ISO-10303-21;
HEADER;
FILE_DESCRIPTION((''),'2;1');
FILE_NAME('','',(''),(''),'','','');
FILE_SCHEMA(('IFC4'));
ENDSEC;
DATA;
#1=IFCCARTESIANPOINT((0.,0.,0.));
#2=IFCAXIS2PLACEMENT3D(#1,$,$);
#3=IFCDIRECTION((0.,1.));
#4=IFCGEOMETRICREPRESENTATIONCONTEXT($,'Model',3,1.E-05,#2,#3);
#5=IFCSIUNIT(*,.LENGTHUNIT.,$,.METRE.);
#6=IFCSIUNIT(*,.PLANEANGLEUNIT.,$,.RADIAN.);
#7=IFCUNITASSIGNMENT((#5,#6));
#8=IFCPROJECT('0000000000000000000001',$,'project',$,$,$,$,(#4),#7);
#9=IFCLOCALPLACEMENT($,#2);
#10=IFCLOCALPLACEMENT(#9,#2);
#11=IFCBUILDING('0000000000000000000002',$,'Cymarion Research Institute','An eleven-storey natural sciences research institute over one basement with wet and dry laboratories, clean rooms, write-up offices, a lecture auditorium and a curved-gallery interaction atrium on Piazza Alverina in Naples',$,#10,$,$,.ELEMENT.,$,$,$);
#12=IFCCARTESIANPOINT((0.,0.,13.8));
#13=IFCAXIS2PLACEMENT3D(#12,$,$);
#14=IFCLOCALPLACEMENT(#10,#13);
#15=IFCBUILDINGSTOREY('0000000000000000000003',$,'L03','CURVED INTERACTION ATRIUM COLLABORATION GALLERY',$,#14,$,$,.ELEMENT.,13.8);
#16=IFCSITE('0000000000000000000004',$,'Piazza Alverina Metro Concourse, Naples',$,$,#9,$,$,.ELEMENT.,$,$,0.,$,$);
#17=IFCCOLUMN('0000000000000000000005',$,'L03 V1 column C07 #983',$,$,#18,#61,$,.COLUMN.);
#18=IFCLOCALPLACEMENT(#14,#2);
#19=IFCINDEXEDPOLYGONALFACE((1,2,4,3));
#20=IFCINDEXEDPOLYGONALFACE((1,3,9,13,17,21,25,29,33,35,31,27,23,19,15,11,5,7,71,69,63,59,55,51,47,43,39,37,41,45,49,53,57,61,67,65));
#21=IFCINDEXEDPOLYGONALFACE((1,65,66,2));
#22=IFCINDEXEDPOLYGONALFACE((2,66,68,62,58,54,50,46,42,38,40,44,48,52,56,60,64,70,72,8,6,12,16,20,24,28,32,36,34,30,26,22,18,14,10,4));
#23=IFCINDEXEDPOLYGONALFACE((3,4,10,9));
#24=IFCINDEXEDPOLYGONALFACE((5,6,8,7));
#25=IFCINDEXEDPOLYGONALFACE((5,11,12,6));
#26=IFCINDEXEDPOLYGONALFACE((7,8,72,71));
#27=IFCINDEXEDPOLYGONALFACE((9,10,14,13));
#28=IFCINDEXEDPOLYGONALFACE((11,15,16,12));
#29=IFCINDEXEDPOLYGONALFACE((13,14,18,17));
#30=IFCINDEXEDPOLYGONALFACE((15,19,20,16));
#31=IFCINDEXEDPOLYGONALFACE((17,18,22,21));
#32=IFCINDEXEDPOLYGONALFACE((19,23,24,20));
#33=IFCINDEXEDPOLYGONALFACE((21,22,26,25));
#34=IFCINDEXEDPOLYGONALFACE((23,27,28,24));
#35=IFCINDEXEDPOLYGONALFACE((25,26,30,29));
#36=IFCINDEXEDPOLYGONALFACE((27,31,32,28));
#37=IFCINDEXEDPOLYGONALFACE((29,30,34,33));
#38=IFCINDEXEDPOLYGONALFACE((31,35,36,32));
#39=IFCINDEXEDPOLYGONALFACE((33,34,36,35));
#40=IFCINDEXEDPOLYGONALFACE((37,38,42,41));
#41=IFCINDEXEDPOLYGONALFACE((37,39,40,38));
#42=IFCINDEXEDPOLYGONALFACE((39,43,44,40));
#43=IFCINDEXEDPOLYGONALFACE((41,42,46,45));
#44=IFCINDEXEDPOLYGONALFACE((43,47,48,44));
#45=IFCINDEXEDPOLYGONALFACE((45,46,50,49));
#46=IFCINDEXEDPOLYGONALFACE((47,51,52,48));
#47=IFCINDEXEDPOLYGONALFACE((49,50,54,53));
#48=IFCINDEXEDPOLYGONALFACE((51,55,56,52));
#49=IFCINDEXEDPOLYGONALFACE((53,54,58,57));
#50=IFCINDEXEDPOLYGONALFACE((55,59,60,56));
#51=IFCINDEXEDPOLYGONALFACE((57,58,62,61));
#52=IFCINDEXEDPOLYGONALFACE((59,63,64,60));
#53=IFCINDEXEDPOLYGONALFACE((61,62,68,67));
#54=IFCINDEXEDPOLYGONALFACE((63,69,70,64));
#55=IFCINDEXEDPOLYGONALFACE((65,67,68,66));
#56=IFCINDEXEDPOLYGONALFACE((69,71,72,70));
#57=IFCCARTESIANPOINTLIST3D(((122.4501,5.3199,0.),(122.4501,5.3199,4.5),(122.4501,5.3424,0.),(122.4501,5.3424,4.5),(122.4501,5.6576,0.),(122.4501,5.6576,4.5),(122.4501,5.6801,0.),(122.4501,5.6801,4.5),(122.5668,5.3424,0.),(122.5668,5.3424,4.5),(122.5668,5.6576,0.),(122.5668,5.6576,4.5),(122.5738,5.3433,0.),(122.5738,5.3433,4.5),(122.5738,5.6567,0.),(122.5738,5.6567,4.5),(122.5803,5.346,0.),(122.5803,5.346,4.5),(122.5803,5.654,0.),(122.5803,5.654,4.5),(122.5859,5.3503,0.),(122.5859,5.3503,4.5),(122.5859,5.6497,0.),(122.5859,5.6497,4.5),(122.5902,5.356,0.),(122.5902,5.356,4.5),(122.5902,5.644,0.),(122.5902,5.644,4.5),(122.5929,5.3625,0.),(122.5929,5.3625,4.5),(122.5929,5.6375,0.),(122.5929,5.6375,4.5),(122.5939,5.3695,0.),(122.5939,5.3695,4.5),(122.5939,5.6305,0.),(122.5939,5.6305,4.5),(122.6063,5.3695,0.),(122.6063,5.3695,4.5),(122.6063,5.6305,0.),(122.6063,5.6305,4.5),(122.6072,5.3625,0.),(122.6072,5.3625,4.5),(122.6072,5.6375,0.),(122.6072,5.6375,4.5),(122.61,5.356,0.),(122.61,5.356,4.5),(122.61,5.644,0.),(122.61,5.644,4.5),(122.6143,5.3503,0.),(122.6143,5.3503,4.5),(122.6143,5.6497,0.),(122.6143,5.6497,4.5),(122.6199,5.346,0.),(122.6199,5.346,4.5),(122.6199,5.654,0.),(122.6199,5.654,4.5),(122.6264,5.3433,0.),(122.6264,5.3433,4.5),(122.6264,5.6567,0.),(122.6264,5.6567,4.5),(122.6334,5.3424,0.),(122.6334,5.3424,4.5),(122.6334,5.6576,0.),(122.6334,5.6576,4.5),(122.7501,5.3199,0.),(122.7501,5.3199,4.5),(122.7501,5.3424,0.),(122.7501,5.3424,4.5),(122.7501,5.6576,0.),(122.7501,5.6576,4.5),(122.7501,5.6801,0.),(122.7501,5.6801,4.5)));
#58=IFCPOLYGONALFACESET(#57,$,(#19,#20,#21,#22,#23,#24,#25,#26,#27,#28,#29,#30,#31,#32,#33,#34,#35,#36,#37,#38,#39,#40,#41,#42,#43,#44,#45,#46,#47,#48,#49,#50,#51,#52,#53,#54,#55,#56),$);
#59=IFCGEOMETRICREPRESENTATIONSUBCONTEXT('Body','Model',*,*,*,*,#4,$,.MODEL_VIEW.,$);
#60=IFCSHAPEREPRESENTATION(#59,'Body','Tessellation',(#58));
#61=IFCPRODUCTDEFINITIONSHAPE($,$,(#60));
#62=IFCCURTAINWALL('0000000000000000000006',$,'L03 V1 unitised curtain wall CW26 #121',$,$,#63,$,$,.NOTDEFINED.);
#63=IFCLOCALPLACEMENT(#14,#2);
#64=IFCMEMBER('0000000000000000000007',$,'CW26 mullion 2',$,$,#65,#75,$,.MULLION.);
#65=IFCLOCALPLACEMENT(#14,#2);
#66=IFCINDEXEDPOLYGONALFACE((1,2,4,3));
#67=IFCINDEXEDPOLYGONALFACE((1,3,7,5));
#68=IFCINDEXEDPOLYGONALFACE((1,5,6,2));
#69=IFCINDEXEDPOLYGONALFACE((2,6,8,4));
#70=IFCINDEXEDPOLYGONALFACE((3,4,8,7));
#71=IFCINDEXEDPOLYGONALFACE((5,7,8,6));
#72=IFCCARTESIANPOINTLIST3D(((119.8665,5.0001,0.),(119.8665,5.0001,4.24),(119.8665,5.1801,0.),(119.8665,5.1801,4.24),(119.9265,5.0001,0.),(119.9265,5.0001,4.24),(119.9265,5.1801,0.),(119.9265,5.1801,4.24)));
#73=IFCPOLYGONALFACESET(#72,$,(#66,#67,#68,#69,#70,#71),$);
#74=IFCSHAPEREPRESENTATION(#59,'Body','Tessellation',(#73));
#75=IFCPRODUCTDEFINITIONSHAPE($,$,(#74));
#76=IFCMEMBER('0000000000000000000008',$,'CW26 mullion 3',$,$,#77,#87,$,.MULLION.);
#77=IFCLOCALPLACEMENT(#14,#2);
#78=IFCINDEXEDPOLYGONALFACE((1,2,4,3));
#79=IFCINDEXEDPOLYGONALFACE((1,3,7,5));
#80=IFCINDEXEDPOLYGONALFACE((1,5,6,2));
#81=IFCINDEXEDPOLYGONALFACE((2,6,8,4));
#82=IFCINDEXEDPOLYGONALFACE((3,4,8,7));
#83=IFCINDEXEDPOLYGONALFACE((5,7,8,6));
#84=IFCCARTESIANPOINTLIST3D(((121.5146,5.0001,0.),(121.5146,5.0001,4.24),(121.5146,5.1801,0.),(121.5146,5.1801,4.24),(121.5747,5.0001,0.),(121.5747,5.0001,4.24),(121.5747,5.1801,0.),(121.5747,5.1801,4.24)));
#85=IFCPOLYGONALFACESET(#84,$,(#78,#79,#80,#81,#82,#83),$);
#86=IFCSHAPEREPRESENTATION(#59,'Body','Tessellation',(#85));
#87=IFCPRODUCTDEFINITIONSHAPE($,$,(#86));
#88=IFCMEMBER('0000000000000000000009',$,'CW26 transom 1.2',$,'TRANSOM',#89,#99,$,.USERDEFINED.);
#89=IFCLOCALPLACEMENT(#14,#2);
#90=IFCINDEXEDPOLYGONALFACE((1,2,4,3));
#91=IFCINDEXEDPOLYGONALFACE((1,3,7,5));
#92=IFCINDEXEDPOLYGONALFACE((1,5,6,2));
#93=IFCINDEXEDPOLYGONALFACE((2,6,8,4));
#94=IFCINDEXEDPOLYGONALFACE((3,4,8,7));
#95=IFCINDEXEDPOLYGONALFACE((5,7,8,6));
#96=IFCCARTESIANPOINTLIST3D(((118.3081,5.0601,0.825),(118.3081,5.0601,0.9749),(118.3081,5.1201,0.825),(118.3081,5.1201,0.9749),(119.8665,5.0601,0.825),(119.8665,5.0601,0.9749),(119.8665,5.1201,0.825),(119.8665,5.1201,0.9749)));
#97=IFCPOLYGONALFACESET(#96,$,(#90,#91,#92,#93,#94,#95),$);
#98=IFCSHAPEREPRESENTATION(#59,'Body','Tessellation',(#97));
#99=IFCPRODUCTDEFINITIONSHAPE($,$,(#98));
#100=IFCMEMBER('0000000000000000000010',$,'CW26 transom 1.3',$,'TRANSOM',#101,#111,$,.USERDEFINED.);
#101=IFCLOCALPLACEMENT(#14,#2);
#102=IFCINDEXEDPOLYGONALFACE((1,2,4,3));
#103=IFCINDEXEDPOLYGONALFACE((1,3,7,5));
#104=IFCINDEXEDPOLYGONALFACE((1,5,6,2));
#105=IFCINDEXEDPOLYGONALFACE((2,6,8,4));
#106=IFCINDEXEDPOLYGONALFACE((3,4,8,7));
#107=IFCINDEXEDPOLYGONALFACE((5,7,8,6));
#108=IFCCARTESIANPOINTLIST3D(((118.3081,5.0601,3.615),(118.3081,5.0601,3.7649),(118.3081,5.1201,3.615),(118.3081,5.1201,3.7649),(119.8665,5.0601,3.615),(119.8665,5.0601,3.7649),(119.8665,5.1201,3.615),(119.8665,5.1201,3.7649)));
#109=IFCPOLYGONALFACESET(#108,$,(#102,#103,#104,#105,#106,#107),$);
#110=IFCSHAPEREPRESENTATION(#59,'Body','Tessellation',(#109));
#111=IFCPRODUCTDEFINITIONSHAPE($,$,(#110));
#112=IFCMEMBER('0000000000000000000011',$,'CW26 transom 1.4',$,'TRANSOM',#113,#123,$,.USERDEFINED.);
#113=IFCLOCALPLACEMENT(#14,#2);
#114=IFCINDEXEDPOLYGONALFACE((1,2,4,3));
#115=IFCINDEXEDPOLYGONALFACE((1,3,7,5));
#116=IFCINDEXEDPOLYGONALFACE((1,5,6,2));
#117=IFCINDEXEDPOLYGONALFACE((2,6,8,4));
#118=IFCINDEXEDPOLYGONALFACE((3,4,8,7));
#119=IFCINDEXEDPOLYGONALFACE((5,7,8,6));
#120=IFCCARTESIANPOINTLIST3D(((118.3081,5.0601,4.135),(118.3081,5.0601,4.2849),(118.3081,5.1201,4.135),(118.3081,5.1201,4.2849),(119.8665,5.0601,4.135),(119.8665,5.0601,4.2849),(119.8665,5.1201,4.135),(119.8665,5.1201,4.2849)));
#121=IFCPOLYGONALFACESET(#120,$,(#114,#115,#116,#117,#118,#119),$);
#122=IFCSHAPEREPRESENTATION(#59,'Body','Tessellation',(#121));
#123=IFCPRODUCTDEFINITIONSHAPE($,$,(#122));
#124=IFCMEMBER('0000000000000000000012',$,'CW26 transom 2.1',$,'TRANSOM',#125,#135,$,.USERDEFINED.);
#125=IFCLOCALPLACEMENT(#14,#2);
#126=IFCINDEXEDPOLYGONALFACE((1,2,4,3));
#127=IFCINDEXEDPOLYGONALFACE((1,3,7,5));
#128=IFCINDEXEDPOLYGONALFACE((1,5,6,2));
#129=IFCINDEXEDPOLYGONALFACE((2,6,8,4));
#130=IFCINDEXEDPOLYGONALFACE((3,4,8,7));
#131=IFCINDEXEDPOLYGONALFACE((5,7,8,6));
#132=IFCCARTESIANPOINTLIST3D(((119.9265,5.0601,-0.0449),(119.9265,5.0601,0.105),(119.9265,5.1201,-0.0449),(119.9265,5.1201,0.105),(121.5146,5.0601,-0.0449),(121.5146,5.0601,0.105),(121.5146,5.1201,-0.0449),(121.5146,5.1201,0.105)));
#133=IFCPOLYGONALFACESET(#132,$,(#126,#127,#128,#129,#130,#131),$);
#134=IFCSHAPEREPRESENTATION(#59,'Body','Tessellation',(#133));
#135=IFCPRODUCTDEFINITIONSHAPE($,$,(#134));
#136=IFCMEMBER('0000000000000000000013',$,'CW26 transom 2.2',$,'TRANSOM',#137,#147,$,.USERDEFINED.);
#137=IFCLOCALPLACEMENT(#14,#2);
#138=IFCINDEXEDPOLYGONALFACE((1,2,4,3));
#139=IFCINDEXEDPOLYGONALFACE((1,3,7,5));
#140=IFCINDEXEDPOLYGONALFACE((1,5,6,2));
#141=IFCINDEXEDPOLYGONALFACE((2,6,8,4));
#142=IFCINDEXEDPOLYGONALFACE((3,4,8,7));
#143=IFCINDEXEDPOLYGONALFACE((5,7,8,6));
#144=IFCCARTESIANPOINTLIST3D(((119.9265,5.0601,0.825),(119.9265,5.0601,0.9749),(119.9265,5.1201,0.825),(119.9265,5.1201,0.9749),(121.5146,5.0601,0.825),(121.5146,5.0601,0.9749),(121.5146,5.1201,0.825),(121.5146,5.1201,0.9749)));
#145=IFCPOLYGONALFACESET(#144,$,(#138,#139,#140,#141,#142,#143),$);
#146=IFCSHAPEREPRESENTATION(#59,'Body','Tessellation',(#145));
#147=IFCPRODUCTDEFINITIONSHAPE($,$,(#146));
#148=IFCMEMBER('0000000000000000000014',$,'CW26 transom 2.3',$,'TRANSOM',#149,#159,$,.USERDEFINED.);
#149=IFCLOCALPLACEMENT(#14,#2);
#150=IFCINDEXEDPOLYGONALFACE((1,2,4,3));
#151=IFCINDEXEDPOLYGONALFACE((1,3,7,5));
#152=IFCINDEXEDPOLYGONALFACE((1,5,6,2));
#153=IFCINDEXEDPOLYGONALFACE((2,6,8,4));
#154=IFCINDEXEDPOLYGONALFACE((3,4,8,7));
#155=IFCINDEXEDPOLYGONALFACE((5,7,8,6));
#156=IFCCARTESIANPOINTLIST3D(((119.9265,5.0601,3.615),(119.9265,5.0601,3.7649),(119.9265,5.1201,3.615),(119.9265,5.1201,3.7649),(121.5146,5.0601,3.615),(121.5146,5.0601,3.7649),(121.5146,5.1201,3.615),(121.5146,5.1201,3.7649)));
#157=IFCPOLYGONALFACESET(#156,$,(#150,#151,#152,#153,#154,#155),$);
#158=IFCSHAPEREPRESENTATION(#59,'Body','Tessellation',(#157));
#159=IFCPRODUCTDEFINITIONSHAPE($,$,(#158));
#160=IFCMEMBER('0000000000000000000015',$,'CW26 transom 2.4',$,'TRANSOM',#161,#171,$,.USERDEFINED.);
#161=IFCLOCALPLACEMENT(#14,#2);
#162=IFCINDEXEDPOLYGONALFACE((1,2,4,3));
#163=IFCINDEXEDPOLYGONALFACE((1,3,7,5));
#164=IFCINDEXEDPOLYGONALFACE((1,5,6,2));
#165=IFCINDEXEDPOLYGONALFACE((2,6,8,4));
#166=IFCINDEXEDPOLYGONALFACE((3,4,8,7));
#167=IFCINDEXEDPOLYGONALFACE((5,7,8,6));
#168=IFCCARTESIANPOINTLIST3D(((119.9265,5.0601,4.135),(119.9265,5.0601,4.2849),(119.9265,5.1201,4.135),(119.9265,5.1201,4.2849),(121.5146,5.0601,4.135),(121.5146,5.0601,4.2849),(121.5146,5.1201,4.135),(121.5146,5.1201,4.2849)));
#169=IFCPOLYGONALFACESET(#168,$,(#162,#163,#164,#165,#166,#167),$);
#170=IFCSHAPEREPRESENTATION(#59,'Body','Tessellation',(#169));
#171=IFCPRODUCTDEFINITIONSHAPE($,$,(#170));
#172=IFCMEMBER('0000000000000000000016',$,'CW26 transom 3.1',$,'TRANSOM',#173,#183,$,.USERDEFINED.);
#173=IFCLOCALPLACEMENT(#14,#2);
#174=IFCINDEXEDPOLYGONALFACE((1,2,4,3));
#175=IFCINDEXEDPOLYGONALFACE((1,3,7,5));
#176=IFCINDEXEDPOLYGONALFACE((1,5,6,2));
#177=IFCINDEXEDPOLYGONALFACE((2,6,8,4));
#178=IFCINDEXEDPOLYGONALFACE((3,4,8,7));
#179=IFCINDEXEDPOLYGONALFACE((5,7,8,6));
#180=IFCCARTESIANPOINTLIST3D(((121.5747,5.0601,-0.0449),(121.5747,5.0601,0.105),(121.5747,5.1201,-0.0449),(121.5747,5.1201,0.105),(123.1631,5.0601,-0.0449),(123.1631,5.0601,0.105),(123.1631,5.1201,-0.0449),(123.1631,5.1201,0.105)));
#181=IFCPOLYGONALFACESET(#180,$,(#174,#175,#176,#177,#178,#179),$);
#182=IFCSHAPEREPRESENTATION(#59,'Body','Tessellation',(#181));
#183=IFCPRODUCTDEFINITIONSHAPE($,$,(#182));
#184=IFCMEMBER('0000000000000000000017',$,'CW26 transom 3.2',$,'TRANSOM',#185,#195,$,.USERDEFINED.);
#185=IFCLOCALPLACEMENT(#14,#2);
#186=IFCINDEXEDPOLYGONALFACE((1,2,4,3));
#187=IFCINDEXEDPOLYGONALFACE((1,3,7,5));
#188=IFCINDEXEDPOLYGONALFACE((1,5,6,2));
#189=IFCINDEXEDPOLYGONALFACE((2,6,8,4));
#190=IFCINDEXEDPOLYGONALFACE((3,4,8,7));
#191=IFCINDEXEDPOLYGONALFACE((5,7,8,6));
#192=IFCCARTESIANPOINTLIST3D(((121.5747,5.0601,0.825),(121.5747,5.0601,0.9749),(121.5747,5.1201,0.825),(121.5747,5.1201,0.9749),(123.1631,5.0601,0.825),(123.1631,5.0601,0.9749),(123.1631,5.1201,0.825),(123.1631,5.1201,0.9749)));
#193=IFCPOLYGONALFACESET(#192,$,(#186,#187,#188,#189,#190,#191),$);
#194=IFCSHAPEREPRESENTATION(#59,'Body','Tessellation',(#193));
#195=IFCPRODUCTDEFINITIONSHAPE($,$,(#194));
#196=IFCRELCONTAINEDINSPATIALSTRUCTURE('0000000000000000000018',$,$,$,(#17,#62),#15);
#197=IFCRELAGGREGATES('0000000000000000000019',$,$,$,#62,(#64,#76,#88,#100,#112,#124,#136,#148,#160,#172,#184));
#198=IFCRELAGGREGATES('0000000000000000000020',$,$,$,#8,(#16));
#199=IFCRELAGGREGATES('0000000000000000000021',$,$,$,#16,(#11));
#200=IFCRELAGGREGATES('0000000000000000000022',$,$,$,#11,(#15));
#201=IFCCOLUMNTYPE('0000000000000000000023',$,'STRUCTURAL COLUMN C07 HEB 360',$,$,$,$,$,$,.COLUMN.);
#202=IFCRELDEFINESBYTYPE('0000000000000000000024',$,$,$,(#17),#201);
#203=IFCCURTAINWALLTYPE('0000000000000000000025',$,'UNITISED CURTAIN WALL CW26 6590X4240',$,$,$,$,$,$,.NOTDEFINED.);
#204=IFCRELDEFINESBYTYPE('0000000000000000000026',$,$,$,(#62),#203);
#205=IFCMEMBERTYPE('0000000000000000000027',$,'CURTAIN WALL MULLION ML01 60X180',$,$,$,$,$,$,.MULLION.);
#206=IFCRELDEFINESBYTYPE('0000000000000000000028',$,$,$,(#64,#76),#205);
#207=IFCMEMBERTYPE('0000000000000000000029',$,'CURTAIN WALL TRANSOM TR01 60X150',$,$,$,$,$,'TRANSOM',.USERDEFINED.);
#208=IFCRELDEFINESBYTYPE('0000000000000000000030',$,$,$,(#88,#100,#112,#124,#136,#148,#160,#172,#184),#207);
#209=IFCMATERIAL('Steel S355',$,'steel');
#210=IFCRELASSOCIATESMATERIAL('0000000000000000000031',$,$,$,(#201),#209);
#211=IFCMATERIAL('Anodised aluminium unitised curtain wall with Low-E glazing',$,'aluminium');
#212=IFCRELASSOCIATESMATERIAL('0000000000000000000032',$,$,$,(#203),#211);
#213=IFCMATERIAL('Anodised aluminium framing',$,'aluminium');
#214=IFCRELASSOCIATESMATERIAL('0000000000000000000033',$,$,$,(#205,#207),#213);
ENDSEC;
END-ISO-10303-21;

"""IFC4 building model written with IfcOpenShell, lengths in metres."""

from ifc_helpers import new_model, si_unit, direction, frame, origin, origin_2d, place, context, subcontext, project, spatial, rectangle, i_section, extrude, material, material_profile, profile_set, type_object, element, aggregate, save


model = new_model("IFC4")

# Units and contexts
model_context = context("Model", 3, precision=1e-05, world=origin(), true_north=direction((0.0, 1.0)))
body_context = subcontext(model_context, "Body", "Model", "MODEL_VIEW")
ifc_project = project(units=[si_unit("LENGTHUNIT", "METRE"), si_unit("PLANEANGLEUNIT", "RADIAN")], contexts=[model_context])

# Site, building, storey
site_placement = place(None, origin())
site = spatial("IfcSite", under=ifc_project, at=site_placement, Name="Piazza Alverina Metro Concourse, Naples", CompositionType="ELEMENT", RefElevation=0.0)
building_placement = place(site_placement, origin())
building = spatial("IfcBuilding", under=site, at=building_placement, Name="Cymarion Research Institute", Description="An eleven-storey natural sciences research institute over one basement with wet and dry laboratories, clean rooms, write-up offices, a lecture auditorium and a curved-gallery interaction atrium on Piazza Alverina in Naples", CompositionType="ELEMENT")
storey_placement = place(building_placement, frame((0.0, 0.0, 13.8)))
storey = spatial("IfcBuildingStorey", under=building, at=storey_placement, Name="L03", Description="CURVED INTERACTION ATRIUM COLLABORATION GALLERY", CompositionType="ELEMENT", Elevation=13.8)

# Column
ifc_material_1 = material(Name="Steel S355", Category="steel")
ifc_material_profile_1 = material_profile(ifc_material_1, i_section(OverallWidth=0.3, OverallDepth=0.3601, WebThickness=0.0125, FlangeThickness=0.0225, FilletRadius=0.0271, at=origin_2d()), Name="HEB 360")
ifc_profile_set_1 = profile_set([ifc_material_profile_1], Name="Steel S355")
column_type = type_object("IfcColumnType", Name="STRUCTURAL COLUMN C07 HEB 360", PredefinedType="COLUMN", material=ifc_profile_set_1)
column_placement = place(storey_placement, frame((122.6001, 5.5, 0.0), z_axis=(0.0, 0.0, 1.0), x_axis=(1.0, 0.0, 0.0)))
element("IfcColumn", 1, at=column_placement, inside=storey, type_object=column_type, Name="L03 V1 column C07 #983", PredefinedType="COLUMN", context=body_context, shape_type="SweptSolid", body=[
    extrude(i_section(OverallWidth=0.3, OverallDepth=0.3601, WebThickness=0.0125, FlangeThickness=0.0225, FilletRadius=0.0271, at=origin_2d()), origin(), (0.0, 0.0, 1.0), 4.5),
])

# Curtain wall, members
ifc_material_2 = material(Name="Anodised aluminium unitised curtain wall with Low-E glazing", Category="aluminium")
curtain_wall_type = type_object("IfcCurtainWallType", Name="UNITISED CURTAIN WALL CW26 6590X4240", PredefinedType="NOTDEFINED", material=ifc_material_2)
curtain_wall_placement = place(storey_placement, origin())
curtain_wall = element("IfcCurtainWall", 2, at=curtain_wall_placement, inside=storey, type_object=curtain_wall_type, Name="L03 V1 unitised curtain wall CW26 #121", PredefinedType="NOTDEFINED")
ifc_material_3 = material(Name="Anodised aluminium framing", Category="aluminium")
ifc_material_profile_2 = material_profile(ifc_material_3, rectangle(XDim=0.0601, YDim=0.1799, at=origin_2d()), Name="ALU MULLION 60x180")
ifc_profile_set_2 = profile_set([ifc_material_profile_2], Name="Anodised aluminium framing")
member_type_1 = type_object("IfcMemberType", Name="CURTAIN WALL MULLION ML01 60X180", PredefinedType="MULLION", material=ifc_profile_set_2)
member_1_placement = place(storey_placement, frame((119.8965, 5.0901, 0.0), z_axis=(0.0, 0.0, 1.0), x_axis=(1.0, 0.0, 0.0)))
member_1 = element("IfcMember", 3, at=member_1_placement, type_object=member_type_1, Name="CW26 mullion 2", PredefinedType="MULLION", context=body_context, shape_type="SweptSolid", body=[
    extrude(rectangle(XDim=0.0601, YDim=0.1799, at=origin_2d()), origin(), (0.0, 0.0, 1.0), 4.24),
])
member_2_placement = place(storey_placement, frame((121.5447, 5.0901, 0.0), z_axis=(0.0, 0.0, 1.0), x_axis=(1.0, 0.0, 0.0)))
member_2 = element("IfcMember", 4, at=member_2_placement, type_object=member_type_1, Name="CW26 mullion 3", PredefinedType="MULLION", context=body_context, shape_type="SweptSolid", body=[
    extrude(rectangle(XDim=0.0601, YDim=0.1799, at=origin_2d()), origin(), (0.0, 0.0, 1.0), 4.24),
])
ifc_material_profile_3 = material_profile(ifc_material_3, rectangle(XDim=0.0601, YDim=0.1499, at=origin_2d()), Name="ALU TRANSOM 60x150")
ifc_profile_set_3 = profile_set([ifc_material_profile_3], Name="Anodised aluminium framing")
member_type_2 = type_object("IfcMemberType", Name="CURTAIN WALL TRANSOM TR01 60X150", ElementType="TRANSOM", PredefinedType="USERDEFINED", material=ifc_profile_set_3)
member_3_placement = place(storey_placement, frame((118.3081, 5.0901, 0.8999), z_axis=(1.0, 0.0, 0.0), x_axis=(0.0, 1.0, 0.0)))
member_3 = element("IfcMember", 5, at=member_3_placement, type_object=member_type_2, Name="CW26 transom 1.2", ObjectType="TRANSOM", PredefinedType="USERDEFINED", context=body_context, shape_type="SweptSolid", body=[
    extrude(rectangle(XDim=0.0601, YDim=0.1499, at=origin_2d()), origin(), (0.0, 0.0, 1.0), 1.5583),
])
member_4_placement = place(storey_placement, frame((118.3081, 5.0901, 3.6899), z_axis=(1.0, 0.0, 0.0), x_axis=(0.0, 1.0, 0.0)))
member_4 = element("IfcMember", 6, at=member_4_placement, type_object=member_type_2, Name="CW26 transom 1.3", ObjectType="TRANSOM", PredefinedType="USERDEFINED", context=body_context, shape_type="SweptSolid", body=[
    extrude(rectangle(XDim=0.0601, YDim=0.1499, at=origin_2d()), origin(), (0.0, 0.0, 1.0), 1.5583),
])
member_5_placement = place(storey_placement, frame((118.3081, 5.0901, 4.21), z_axis=(1.0, 0.0, 0.0), x_axis=(0.0, 1.0, 0.0)))
member_5 = element("IfcMember", 7, at=member_5_placement, type_object=member_type_2, Name="CW26 transom 1.4", ObjectType="TRANSOM", PredefinedType="USERDEFINED", context=body_context, shape_type="SweptSolid", body=[
    extrude(rectangle(XDim=0.0601, YDim=0.1499, at=origin_2d()), origin(), (0.0, 0.0, 1.0), 1.5583),
])
member_6_placement = place(storey_placement, frame((119.9265, 5.0901, 0.03), z_axis=(1.0, 0.0, 0.0), x_axis=(0.0, 1.0, 0.0)))
member_6 = element("IfcMember", 8, at=member_6_placement, type_object=member_type_2, Name="CW26 transom 2.1", ObjectType="TRANSOM", PredefinedType="USERDEFINED", context=body_context, shape_type="SweptSolid", body=[
    extrude(rectangle(XDim=0.0601, YDim=0.1499, at=origin_2d()), origin(), (0.0, 0.0, 1.0), 1.5881),
])
member_7_placement = place(storey_placement, frame((119.9265, 5.0901, 0.8999), z_axis=(1.0, 0.0, 0.0), x_axis=(0.0, 1.0, 0.0)))
member_7 = element("IfcMember", 9, at=member_7_placement, type_object=member_type_2, Name="CW26 transom 2.2", ObjectType="TRANSOM", PredefinedType="USERDEFINED", context=body_context, shape_type="SweptSolid", body=[
    extrude(rectangle(XDim=0.0601, YDim=0.1499, at=origin_2d()), origin(), (0.0, 0.0, 1.0), 1.5881),
])
member_8_placement = place(storey_placement, frame((119.9265, 5.0901, 3.6899), z_axis=(1.0, 0.0, 0.0), x_axis=(0.0, 1.0, 0.0)))
member_8 = element("IfcMember", 10, at=member_8_placement, type_object=member_type_2, Name="CW26 transom 2.3", ObjectType="TRANSOM", PredefinedType="USERDEFINED", context=body_context, shape_type="SweptSolid", body=[
    extrude(rectangle(XDim=0.0601, YDim=0.1499, at=origin_2d()), origin(), (0.0, 0.0, 1.0), 1.5881),
])
member_9_placement = place(storey_placement, frame((119.9265, 5.0901, 4.21), z_axis=(1.0, 0.0, 0.0), x_axis=(0.0, 1.0, 0.0)))
member_9 = element("IfcMember", 11, at=member_9_placement, type_object=member_type_2, Name="CW26 transom 2.4", ObjectType="TRANSOM", PredefinedType="USERDEFINED", context=body_context, shape_type="SweptSolid", body=[
    extrude(rectangle(XDim=0.0601, YDim=0.1499, at=origin_2d()), origin(), (0.0, 0.0, 1.0), 1.5881),
])
member_10_placement = place(storey_placement, frame((121.5747, 5.0901, 0.03), z_axis=(1.0, 0.0, 0.0), x_axis=(0.0, 1.0, 0.0)))
member_10 = element("IfcMember", 12, at=member_10_placement, type_object=member_type_2, Name="CW26 transom 3.1", ObjectType="TRANSOM", PredefinedType="USERDEFINED", context=body_context, shape_type="SweptSolid", body=[
    extrude(rectangle(XDim=0.0601, YDim=0.1499, at=origin_2d()), origin(), (0.0, 0.0, 1.0), 1.5884),
])
member_11_placement = place(storey_placement, frame((121.5747, 5.0901, 0.8999), z_axis=(1.0, 0.0, 0.0), x_axis=(0.0, 1.0, 0.0)))
member_11 = element("IfcMember", 13, at=member_11_placement, type_object=member_type_2, Name="CW26 transom 3.2", ObjectType="TRANSOM", PredefinedType="USERDEFINED", context=body_context, shape_type="SweptSolid", body=[
    extrude(rectangle(XDim=0.0601, YDim=0.1499, at=origin_2d()), origin(), (0.0, 0.0, 1.0), 1.5884),
])

aggregate(curtain_wall, [member_1, member_2, member_3, member_4, member_5, member_6, member_7, member_8, member_9, member_10, member_11])

save(model, "model.ifc")
